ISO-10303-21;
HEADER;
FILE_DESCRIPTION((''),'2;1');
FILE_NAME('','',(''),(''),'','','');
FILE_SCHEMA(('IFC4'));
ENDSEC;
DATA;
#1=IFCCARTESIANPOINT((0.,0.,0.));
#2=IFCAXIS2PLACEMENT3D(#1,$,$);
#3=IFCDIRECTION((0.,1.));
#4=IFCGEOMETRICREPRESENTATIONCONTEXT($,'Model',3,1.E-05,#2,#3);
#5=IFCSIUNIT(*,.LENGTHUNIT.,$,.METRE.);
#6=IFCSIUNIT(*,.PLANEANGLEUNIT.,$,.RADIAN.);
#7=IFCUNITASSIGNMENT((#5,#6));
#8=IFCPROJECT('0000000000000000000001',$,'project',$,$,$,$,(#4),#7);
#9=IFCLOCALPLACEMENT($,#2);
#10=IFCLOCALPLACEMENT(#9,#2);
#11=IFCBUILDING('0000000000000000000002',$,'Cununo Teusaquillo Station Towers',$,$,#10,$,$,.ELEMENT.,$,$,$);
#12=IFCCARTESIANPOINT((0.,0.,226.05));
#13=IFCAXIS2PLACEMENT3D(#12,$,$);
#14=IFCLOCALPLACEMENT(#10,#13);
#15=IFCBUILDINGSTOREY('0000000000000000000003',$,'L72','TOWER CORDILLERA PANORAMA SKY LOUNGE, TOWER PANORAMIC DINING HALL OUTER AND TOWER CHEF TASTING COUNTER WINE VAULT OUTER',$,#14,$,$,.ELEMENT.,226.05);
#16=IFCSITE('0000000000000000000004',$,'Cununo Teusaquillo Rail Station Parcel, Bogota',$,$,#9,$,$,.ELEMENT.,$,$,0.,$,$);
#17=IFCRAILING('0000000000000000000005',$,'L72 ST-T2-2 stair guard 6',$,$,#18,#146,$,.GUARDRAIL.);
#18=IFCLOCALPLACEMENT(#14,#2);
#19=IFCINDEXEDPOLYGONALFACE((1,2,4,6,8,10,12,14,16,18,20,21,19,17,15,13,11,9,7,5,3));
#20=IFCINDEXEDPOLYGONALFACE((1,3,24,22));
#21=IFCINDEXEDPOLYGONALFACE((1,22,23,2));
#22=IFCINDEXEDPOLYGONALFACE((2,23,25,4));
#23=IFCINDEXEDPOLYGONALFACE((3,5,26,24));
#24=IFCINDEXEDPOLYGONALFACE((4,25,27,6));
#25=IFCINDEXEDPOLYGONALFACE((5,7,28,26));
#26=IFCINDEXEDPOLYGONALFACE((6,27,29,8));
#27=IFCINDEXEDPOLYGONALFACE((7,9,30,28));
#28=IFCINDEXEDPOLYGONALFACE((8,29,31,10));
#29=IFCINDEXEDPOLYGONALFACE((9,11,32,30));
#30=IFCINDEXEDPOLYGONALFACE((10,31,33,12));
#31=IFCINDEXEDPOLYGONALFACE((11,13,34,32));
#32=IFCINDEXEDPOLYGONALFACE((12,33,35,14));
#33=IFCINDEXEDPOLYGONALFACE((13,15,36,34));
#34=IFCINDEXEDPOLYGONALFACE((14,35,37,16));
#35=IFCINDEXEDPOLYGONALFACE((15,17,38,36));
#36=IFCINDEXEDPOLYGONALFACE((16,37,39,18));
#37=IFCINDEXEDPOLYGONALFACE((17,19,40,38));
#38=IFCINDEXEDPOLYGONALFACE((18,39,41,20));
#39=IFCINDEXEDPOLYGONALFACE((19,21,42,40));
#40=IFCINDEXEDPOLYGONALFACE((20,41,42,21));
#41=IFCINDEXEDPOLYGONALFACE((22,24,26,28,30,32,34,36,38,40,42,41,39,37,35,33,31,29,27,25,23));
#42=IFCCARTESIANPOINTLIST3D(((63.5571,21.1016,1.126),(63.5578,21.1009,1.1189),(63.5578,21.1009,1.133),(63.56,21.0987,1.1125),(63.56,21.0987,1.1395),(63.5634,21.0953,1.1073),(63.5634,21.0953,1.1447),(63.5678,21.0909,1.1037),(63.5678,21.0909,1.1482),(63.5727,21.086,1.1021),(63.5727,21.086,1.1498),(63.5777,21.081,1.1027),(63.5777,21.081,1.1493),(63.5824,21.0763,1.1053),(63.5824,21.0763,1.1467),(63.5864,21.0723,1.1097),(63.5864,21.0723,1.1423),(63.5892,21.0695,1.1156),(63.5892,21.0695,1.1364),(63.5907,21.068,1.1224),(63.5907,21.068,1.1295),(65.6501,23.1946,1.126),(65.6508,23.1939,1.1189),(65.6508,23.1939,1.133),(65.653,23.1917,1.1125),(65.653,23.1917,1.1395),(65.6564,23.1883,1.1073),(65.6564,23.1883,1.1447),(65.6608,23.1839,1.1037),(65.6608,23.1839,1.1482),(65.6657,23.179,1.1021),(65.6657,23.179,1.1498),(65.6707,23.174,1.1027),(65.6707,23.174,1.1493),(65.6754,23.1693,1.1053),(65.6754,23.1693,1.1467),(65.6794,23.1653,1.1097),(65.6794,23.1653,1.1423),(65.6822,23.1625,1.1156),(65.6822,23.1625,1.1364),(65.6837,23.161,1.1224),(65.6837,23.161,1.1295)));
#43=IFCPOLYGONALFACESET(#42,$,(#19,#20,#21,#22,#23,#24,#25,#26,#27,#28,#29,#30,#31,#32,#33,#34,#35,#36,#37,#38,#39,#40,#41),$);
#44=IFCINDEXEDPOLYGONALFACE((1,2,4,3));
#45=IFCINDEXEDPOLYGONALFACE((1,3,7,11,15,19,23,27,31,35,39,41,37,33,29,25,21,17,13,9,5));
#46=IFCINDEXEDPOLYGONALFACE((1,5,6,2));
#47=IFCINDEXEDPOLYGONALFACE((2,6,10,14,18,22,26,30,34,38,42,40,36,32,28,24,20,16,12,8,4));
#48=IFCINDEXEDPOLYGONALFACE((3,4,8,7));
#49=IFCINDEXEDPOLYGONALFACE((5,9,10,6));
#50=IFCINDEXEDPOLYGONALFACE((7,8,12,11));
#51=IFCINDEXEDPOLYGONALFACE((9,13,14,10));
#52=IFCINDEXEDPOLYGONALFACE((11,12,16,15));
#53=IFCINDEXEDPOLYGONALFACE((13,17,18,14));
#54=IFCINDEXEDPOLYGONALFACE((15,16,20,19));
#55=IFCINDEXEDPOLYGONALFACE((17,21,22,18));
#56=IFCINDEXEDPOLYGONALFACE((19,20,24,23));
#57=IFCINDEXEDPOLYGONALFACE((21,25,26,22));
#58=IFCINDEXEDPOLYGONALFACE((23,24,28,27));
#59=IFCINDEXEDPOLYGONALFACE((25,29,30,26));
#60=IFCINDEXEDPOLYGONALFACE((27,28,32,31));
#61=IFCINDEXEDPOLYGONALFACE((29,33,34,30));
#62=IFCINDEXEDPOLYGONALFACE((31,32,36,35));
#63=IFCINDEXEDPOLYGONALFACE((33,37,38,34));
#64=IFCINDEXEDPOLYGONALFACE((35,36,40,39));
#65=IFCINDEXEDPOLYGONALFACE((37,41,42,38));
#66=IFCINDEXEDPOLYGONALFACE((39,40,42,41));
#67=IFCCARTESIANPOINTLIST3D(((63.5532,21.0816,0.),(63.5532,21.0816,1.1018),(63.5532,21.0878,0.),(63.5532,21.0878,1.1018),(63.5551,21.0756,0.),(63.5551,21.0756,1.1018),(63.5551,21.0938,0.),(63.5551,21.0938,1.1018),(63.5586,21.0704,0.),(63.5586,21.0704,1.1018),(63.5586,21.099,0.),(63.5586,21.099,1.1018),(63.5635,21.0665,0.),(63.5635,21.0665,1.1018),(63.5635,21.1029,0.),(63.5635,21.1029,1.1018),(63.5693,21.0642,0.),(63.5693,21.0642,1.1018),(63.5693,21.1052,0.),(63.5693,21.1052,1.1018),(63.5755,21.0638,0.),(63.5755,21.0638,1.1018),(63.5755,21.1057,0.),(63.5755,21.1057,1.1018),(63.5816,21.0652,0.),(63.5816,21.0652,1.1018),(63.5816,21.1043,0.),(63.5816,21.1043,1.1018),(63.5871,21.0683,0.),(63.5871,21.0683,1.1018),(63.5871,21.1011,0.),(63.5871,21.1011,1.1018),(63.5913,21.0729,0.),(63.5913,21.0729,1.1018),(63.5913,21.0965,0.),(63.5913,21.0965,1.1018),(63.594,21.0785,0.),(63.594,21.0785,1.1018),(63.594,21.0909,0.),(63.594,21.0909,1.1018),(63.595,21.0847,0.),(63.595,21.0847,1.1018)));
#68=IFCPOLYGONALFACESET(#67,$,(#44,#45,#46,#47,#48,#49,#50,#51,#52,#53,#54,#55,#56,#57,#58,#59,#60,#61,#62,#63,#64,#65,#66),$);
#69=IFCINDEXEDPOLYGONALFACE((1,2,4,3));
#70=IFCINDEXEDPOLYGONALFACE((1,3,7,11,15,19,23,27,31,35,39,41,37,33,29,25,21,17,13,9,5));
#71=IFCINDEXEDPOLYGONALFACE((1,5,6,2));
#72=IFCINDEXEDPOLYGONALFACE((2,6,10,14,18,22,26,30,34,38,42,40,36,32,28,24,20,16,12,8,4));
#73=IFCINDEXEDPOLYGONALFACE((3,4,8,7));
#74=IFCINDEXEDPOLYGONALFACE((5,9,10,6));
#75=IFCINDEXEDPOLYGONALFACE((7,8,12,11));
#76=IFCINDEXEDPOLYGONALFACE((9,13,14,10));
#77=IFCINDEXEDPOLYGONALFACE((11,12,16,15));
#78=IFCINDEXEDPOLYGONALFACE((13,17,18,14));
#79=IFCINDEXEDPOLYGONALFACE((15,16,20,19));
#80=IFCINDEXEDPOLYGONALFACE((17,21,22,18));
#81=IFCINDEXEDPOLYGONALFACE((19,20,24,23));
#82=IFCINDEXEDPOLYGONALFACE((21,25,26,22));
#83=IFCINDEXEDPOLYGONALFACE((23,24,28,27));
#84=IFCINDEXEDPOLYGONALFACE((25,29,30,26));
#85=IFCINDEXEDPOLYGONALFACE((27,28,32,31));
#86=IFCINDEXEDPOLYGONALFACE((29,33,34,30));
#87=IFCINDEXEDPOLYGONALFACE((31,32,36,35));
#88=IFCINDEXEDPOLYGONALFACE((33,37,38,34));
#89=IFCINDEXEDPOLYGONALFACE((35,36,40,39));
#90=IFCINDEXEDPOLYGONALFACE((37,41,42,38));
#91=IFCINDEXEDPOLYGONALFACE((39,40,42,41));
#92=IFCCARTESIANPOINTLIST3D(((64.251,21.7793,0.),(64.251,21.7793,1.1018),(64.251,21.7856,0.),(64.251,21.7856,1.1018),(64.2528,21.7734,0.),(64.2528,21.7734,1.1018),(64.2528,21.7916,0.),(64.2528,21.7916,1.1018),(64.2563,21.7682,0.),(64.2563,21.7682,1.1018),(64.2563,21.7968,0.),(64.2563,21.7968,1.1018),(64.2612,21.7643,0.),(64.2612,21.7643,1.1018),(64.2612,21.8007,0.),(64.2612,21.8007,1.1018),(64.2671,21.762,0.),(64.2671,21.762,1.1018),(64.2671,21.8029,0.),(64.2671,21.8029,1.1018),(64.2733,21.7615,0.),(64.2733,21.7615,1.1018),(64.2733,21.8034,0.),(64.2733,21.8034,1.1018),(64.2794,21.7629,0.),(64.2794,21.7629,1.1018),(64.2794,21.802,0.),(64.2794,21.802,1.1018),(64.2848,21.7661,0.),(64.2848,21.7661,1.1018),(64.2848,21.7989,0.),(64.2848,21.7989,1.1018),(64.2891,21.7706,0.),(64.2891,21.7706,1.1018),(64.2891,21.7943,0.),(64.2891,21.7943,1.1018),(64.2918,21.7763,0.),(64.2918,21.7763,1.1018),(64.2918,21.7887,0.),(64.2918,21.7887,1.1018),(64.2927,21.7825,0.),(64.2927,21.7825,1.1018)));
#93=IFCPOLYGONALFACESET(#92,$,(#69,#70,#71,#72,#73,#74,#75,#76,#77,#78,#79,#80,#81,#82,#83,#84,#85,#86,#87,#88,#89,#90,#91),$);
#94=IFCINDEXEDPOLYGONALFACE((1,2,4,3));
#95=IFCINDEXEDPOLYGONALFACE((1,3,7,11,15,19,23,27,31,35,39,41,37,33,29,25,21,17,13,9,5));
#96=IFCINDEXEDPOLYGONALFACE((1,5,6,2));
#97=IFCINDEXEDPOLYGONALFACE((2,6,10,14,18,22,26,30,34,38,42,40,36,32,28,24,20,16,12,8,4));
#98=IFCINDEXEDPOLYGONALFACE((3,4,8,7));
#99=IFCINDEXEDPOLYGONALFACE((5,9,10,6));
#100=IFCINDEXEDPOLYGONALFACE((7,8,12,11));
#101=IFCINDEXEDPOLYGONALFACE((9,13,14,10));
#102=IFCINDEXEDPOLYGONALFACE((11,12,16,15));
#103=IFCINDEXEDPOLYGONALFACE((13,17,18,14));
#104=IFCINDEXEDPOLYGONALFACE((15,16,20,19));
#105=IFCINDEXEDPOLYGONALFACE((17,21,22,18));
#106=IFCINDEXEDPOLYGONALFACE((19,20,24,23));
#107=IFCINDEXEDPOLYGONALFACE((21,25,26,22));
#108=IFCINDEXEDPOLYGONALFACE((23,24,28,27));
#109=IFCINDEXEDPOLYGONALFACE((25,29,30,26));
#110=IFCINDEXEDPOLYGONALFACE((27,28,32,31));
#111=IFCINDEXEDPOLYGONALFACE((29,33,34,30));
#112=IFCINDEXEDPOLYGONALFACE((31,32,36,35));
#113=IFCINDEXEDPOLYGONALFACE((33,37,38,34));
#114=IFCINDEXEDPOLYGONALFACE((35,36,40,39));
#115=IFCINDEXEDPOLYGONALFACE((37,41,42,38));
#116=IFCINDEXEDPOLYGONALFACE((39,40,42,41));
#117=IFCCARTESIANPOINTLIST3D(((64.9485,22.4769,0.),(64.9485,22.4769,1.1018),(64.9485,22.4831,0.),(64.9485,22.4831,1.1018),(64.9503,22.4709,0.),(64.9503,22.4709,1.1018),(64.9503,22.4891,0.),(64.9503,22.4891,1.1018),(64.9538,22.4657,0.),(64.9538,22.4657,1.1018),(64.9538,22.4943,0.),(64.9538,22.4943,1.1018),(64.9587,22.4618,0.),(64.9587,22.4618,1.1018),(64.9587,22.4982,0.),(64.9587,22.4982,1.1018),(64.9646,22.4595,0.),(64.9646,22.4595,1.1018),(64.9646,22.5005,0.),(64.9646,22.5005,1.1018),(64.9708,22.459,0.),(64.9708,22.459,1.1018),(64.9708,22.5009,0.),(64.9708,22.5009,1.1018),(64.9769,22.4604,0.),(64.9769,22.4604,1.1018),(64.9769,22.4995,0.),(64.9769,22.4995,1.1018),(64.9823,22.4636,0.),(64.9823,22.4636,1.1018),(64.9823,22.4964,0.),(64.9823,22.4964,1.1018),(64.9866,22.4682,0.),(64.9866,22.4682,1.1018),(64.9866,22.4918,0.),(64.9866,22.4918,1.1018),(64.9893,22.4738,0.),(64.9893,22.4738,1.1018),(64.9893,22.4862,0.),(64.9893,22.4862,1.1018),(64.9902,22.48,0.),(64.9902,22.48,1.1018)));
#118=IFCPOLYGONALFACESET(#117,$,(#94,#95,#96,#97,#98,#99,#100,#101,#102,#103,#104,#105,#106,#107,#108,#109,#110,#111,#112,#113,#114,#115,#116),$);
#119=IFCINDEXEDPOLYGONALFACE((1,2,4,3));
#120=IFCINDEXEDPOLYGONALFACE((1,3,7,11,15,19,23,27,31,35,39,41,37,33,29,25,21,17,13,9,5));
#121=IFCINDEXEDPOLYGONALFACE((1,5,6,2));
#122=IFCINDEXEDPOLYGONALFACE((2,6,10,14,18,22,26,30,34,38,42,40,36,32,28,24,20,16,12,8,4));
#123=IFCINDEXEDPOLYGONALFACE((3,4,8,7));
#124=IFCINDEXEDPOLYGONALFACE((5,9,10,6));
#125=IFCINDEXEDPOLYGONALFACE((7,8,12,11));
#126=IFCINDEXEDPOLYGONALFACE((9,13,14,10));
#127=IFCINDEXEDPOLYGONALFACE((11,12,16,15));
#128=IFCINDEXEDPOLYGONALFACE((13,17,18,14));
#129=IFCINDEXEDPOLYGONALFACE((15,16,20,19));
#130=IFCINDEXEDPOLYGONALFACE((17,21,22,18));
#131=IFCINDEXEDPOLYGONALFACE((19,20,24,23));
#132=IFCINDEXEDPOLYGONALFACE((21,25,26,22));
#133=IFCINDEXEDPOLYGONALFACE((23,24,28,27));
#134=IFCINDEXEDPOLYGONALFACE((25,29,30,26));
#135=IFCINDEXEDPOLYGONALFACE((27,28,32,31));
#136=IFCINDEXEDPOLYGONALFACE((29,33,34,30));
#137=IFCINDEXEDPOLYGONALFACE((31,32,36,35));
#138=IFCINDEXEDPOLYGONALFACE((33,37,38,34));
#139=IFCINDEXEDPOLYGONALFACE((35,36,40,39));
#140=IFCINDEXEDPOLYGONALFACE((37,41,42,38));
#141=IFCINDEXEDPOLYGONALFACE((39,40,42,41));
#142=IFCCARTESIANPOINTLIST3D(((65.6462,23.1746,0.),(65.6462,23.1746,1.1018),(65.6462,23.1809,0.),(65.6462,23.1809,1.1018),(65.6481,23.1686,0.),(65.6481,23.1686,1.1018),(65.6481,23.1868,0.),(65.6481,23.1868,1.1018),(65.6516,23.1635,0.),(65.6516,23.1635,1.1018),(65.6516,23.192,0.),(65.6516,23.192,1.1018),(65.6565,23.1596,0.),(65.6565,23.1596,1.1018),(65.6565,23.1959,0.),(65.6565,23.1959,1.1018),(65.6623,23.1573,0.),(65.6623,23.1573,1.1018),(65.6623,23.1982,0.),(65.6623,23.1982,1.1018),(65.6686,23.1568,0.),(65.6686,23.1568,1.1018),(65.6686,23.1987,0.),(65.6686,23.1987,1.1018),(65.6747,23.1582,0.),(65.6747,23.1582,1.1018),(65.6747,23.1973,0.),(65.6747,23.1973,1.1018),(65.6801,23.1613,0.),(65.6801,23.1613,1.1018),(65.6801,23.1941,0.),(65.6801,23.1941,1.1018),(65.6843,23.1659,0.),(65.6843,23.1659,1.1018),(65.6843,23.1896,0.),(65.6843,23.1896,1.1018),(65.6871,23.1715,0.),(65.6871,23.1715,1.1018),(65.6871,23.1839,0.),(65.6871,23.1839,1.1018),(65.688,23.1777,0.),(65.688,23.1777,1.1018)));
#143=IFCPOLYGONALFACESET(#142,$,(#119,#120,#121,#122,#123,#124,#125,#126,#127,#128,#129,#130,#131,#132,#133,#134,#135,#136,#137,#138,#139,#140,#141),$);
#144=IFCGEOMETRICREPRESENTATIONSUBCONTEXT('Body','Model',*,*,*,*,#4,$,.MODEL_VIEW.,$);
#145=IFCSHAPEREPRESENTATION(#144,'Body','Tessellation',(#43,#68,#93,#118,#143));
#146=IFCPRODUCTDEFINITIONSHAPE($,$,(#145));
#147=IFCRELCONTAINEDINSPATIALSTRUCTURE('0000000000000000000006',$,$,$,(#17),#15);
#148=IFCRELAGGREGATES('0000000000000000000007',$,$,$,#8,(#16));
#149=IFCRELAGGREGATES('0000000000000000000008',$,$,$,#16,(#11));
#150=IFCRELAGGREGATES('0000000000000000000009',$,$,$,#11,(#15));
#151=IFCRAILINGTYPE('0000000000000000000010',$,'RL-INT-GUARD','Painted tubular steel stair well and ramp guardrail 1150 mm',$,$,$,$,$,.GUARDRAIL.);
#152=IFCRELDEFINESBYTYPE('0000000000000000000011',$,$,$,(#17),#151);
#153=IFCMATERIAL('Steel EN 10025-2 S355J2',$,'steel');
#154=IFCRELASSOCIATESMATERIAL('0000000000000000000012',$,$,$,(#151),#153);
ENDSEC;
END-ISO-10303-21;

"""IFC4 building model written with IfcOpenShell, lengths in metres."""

from ifc_helpers import new_model, si_unit, direction, frame, origin, origin_2d, place, context, subcontext, project, spatial, circle, extrude, material, type_object, element, save


model = new_model("IFC4")

# Units and contexts
model_context = context("Model", 3, precision=1e-05, world=origin(), true_north=direction((0.0, 1.0)))
body_context = subcontext(model_context, "Body", "Model", "MODEL_VIEW")
ifc_project = project(units=[si_unit("LENGTHUNIT", "METRE"), si_unit("PLANEANGLEUNIT", "RADIAN")], contexts=[model_context])

# Site, building, storey
site_placement = place(None, origin())
site = spatial("IfcSite", under=ifc_project, at=site_placement, Name="Cununo Teusaquillo Rail Station Parcel, Bogota", CompositionType="ELEMENT", RefElevation=0.0)
building_placement = place(site_placement, origin())
building = spatial("IfcBuilding", under=site, at=building_placement, Name="Cununo Teusaquillo Station Towers", CompositionType="ELEMENT")
storey_placement = place(building_placement, frame((0.0, 0.0, 226.05)))
storey = spatial("IfcBuildingStorey", under=building, at=storey_placement, Name="L72", Description="TOWER CORDILLERA PANORAMA SKY LOUNGE, TOWER PANORAMIC DINING HALL OUTER AND TOWER CHEF TASTING COUNTER WINE VAULT OUTER", CompositionType="ELEMENT", Elevation=226.05)

# Railing
ifc_material_1 = material(Name="Steel EN 10025-2 S355J2", Category="steel")
railing_type = type_object("IfcRailingType", Name="RL-INT-GUARD", Description="Painted tubular steel stair well and ramp guardrail 1150 mm", PredefinedType="GUARDRAIL", material=ifc_material_1)
railing_1_placement = place(storey_placement, frame((63.574, 21.0847, 0.0)))
element("IfcRailing", 1, at=railing_1_placement, inside=storey, type_object=railing_type, Name="L72 ST-T2-2 stair guard 6", PredefinedType="GUARDRAIL", context=body_context, shape_type="SweptSolid", body=[
    extrude(circle(Radius=0.0239, at=origin_2d()), frame((0.0, 0.0, 1.126), z_axis=(0.707107, 0.707107, 0.0), x_axis=(-0.707107, 0.707107, 0.0)), (0.0, 0.0, 1.0), 2.96),
    extrude(circle(Radius=0.021, at=origin_2d()), origin(), (0.0, 0.0, 1.0), 1.1018),
    extrude(circle(Radius=0.021, at=origin_2d()), frame((0.6978, 0.6978, 0.0)), (0.0, 0.0, 1.0), 1.1018),
    extrude(circle(Radius=0.021, at=origin_2d()), frame((1.3953, 1.3953, 0.0)), (0.0, 0.0, 1.0), 1.1018),
    extrude(circle(Radius=0.021, at=origin_2d()), frame((2.093, 2.093, 0.0)), (0.0, 0.0, 1.0), 1.1018),
])

save(model, "model.ifc")
